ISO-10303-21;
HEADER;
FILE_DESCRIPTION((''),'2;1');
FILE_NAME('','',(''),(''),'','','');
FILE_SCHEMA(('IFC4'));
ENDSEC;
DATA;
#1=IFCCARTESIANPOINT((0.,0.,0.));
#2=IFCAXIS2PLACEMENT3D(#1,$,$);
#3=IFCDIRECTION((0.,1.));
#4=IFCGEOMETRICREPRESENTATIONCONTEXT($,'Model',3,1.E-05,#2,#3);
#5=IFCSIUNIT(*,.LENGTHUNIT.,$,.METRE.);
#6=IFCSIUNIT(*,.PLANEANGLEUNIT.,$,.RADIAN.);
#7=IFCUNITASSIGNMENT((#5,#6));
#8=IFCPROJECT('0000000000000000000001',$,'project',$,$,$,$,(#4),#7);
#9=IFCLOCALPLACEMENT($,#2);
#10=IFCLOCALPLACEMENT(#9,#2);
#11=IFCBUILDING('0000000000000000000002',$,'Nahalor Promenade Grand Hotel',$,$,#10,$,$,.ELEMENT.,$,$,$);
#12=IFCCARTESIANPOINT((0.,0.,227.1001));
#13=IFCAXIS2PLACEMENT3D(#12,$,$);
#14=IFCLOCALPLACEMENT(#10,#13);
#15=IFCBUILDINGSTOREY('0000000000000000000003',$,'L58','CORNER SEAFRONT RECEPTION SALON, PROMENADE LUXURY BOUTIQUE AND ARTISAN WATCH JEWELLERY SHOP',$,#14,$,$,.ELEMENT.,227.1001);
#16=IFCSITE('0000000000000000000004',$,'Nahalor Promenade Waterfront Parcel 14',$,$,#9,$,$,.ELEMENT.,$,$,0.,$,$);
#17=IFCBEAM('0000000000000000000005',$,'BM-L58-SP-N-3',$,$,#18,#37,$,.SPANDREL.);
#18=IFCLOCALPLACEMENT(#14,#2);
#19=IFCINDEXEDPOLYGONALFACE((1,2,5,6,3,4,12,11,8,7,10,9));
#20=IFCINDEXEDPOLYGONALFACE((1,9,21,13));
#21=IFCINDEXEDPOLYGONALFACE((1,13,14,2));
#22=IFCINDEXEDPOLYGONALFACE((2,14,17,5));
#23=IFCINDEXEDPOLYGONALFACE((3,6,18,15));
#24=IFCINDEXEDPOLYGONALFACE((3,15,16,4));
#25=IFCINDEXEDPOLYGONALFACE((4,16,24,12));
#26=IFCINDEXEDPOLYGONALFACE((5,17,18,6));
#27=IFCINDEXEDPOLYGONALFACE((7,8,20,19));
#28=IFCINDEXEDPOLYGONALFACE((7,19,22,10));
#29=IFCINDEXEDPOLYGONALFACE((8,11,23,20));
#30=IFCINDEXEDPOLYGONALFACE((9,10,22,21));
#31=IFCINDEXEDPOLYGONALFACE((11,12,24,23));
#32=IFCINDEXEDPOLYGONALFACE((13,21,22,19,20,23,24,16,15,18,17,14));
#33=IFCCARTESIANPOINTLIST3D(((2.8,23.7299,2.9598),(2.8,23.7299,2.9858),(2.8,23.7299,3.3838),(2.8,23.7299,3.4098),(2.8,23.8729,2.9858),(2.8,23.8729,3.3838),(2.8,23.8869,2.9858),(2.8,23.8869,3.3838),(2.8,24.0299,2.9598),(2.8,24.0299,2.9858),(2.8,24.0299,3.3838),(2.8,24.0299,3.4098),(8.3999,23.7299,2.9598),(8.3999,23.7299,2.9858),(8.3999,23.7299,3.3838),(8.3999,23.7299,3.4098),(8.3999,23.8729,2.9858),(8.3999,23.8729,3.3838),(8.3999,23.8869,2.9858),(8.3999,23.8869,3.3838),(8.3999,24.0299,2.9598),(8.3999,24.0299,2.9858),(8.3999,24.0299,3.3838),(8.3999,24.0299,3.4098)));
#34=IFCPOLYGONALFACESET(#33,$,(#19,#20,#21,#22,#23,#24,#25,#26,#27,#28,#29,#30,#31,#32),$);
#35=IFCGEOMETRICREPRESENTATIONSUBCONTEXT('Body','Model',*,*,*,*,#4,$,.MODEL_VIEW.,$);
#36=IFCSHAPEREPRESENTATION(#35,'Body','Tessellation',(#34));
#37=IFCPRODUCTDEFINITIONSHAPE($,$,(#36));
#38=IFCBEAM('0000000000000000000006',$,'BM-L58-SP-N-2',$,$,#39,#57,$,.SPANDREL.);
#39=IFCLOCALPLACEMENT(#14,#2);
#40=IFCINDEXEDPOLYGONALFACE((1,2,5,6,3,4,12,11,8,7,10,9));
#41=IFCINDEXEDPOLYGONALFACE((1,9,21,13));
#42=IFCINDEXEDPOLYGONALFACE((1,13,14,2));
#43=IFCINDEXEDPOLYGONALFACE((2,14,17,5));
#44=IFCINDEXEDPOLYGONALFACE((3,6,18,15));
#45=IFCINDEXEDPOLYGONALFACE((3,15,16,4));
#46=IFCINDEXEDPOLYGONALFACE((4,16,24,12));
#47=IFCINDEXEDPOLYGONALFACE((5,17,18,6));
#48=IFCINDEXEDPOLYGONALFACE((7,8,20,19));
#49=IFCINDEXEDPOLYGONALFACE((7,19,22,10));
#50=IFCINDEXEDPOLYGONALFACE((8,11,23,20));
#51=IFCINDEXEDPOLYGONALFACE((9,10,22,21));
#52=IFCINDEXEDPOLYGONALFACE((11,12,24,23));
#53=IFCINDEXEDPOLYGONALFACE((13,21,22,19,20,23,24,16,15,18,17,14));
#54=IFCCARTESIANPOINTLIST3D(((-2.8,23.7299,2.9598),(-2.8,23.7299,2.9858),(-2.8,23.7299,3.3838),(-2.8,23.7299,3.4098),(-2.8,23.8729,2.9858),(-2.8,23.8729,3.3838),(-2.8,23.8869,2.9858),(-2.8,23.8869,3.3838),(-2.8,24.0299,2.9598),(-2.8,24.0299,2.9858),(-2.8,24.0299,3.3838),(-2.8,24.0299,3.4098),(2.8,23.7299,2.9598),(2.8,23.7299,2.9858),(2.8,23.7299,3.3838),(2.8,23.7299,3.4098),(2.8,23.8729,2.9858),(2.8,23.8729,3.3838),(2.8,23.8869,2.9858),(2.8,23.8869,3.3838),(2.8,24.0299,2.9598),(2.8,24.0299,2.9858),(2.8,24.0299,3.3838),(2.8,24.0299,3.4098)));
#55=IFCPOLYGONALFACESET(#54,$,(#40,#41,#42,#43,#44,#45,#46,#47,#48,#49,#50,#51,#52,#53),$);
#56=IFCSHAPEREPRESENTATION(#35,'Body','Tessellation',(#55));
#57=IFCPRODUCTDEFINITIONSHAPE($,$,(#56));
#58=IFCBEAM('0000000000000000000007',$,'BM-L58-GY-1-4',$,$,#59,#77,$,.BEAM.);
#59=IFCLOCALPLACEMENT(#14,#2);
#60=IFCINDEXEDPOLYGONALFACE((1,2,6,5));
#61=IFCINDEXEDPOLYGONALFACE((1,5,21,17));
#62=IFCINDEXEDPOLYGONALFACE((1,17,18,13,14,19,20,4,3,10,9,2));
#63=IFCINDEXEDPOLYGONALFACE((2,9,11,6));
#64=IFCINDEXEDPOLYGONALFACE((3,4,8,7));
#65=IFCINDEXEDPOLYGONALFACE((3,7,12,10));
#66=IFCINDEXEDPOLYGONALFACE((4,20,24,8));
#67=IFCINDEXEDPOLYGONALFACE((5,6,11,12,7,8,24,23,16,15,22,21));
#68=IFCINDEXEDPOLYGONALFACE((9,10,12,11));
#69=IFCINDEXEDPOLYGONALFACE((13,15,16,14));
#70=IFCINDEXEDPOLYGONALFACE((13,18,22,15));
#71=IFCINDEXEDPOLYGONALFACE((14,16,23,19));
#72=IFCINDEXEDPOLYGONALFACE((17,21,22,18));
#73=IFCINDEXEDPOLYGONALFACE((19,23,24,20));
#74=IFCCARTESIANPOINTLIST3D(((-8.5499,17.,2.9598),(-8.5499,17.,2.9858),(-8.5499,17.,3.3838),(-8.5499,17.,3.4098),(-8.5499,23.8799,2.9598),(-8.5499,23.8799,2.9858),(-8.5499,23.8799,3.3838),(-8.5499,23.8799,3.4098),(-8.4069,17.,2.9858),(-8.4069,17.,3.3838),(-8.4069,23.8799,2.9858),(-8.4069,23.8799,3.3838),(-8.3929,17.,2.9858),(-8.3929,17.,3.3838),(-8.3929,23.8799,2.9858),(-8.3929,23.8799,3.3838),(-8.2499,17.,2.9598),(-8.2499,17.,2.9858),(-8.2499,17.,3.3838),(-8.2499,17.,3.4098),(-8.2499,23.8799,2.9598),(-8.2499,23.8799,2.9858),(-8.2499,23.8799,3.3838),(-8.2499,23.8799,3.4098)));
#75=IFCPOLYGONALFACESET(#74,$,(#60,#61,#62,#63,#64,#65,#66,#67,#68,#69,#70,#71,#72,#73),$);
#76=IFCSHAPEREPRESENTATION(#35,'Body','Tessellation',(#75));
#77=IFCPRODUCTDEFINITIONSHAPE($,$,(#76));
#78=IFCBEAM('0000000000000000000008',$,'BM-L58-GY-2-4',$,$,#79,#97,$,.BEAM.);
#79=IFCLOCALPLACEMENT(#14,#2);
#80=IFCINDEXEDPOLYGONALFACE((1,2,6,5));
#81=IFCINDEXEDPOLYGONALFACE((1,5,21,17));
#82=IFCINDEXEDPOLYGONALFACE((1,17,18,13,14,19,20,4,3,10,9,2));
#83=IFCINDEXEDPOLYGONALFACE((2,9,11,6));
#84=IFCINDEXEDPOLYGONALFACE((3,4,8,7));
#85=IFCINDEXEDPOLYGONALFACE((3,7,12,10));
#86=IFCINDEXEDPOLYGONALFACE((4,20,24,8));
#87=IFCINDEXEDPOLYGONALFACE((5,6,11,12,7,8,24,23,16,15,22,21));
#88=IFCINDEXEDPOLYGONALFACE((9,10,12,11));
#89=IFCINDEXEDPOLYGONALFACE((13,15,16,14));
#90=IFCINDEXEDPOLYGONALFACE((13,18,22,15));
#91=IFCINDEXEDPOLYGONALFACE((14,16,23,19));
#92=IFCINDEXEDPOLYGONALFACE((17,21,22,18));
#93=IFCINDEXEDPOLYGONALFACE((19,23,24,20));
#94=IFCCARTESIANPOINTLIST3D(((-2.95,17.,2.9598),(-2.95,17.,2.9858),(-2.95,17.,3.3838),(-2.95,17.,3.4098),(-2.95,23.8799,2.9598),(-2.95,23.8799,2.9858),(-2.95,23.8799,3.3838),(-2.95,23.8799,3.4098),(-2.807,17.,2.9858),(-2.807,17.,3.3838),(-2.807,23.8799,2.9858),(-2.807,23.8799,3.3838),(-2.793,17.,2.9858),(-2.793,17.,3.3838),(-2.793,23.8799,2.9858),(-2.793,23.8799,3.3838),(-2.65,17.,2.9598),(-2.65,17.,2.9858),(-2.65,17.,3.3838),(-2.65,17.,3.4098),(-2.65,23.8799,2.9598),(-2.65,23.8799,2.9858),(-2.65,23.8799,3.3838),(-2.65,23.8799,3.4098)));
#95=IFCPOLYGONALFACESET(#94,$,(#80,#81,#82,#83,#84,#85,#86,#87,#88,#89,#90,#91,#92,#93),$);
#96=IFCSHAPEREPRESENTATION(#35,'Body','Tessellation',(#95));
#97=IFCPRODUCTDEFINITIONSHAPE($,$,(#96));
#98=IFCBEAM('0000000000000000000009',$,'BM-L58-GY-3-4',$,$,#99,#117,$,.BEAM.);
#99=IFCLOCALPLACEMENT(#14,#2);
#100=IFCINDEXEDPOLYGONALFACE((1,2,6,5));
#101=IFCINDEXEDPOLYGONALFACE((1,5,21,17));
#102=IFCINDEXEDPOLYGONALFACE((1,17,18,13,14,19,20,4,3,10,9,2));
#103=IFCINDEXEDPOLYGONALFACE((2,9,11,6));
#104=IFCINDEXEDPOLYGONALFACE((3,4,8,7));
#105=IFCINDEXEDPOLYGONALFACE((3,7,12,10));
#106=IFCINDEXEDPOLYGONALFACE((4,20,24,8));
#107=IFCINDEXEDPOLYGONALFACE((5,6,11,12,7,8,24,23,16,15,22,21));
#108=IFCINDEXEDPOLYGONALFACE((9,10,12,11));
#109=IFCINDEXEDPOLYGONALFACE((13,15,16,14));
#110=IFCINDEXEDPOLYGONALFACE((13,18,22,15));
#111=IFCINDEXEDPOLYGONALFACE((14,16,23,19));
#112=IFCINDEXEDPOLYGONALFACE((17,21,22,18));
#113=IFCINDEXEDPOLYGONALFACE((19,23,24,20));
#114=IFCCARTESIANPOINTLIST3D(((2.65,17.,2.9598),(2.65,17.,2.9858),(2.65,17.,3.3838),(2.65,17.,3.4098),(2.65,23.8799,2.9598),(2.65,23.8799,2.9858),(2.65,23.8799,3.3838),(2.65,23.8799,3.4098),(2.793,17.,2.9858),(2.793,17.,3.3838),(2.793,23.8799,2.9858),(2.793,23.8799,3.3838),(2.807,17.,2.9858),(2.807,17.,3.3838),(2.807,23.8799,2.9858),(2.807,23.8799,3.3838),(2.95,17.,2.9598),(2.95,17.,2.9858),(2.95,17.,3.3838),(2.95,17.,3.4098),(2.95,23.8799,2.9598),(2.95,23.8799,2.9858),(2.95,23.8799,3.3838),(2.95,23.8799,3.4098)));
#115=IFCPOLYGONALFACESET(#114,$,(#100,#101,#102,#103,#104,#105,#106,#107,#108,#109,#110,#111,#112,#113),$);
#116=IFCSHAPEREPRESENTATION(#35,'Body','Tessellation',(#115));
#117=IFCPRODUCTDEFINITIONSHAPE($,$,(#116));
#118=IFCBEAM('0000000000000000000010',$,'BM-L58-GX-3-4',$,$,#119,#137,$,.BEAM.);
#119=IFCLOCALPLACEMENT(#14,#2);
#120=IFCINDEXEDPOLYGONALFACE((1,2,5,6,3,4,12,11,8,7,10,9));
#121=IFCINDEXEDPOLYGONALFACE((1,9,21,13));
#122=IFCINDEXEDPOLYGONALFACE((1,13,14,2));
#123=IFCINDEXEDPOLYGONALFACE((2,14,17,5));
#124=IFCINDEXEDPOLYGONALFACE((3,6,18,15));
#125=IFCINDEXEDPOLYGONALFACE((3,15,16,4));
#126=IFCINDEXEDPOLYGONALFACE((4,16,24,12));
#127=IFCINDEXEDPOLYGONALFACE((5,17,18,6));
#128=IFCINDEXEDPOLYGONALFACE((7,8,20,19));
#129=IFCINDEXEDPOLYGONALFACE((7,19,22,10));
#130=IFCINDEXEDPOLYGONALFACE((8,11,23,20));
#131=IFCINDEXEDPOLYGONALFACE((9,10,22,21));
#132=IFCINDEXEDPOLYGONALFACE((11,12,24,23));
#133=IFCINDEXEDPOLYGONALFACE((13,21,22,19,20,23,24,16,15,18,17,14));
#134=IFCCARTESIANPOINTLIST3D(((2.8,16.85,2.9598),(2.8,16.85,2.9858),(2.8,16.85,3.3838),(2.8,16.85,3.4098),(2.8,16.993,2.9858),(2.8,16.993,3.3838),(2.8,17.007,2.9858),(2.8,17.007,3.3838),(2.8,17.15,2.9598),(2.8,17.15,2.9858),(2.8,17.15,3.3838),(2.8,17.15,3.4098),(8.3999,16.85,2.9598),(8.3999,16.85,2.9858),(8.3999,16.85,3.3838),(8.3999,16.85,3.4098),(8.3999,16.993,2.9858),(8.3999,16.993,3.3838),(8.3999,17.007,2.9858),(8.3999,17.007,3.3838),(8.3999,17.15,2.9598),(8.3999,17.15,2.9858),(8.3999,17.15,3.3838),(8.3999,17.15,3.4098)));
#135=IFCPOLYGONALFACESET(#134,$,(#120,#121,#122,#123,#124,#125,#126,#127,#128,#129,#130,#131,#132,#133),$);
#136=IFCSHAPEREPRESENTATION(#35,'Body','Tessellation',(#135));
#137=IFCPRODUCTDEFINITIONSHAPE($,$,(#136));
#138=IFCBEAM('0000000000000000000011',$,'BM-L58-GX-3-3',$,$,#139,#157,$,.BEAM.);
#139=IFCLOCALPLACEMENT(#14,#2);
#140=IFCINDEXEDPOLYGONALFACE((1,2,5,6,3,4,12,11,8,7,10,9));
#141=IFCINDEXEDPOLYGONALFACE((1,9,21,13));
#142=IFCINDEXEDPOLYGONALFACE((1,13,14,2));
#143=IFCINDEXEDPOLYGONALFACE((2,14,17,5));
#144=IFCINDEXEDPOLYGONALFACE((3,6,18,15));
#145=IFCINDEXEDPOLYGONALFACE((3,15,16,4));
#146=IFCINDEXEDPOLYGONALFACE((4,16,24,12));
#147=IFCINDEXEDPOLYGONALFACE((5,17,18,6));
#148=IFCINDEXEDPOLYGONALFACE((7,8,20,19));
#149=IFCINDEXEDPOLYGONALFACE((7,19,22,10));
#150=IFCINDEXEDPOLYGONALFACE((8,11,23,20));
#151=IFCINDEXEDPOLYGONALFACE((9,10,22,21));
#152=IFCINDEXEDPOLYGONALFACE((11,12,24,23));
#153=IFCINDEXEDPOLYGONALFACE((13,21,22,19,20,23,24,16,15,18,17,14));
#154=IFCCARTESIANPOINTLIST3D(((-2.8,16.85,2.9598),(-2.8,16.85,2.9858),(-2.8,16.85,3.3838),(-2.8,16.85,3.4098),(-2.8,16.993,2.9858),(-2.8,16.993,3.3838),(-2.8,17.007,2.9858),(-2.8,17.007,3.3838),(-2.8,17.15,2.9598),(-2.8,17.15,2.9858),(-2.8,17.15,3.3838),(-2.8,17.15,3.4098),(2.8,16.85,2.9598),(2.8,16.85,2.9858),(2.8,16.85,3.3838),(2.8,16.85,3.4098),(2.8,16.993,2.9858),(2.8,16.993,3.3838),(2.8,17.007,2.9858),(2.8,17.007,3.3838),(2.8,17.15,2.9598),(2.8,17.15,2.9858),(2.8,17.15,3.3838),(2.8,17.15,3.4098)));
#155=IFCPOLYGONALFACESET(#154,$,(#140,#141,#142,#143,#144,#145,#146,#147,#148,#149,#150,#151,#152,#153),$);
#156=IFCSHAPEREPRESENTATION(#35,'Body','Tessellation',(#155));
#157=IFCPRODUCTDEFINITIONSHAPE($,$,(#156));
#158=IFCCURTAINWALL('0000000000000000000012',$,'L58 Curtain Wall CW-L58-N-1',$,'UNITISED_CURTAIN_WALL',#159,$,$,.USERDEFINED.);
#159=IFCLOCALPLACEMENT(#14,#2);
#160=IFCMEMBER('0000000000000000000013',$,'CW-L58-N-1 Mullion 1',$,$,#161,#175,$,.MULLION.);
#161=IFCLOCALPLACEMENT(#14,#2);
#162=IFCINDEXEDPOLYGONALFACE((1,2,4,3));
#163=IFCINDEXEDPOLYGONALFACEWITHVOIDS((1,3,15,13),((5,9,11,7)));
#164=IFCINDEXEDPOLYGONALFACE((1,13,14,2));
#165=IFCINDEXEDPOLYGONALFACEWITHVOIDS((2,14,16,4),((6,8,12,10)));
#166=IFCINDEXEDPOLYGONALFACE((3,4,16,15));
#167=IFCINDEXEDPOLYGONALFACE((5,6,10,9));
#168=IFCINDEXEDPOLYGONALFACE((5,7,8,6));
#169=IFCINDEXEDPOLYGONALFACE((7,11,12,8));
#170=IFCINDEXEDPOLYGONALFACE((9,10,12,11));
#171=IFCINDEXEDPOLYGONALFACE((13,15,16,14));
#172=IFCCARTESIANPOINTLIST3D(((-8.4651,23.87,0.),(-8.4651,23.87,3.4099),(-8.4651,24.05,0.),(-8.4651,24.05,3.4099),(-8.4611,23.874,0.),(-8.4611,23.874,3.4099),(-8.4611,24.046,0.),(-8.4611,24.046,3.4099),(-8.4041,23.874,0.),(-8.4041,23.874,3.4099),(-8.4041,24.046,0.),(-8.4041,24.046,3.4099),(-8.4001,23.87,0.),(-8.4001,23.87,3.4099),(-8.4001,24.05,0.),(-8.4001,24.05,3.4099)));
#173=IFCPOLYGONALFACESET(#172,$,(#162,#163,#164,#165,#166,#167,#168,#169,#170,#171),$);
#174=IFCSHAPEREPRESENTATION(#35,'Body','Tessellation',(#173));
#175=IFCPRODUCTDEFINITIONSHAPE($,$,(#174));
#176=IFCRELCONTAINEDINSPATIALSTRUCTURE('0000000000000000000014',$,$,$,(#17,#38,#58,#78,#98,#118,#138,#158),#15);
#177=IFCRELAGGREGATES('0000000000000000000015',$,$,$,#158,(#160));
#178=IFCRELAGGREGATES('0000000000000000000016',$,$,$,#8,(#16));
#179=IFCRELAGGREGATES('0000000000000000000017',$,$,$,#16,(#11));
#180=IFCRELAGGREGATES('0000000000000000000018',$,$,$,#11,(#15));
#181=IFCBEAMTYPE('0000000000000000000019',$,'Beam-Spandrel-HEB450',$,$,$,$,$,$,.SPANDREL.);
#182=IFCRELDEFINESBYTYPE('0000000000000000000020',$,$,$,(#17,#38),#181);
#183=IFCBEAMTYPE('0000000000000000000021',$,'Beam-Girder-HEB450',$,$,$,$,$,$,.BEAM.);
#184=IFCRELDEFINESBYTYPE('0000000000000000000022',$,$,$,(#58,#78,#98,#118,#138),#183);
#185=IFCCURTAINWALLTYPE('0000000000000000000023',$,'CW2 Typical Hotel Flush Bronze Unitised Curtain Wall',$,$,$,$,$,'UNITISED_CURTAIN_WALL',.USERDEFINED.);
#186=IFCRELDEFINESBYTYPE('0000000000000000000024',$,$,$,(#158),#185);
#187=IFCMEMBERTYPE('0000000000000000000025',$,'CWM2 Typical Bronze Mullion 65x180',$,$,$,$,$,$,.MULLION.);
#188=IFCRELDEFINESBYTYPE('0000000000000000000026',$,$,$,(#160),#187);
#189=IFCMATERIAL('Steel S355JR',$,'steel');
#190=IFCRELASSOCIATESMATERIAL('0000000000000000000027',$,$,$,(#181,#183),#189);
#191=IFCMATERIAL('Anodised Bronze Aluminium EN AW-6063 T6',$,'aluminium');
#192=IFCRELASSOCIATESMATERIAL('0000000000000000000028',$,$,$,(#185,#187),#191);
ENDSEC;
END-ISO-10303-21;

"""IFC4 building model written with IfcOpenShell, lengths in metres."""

from ifc_helpers import new_model, si_unit, direction, frame, origin, origin_2d, place, context, subcontext, project, spatial, hollow_rectangle, i_section, extrude, source, transform, mapped, material, material_profile, profile_set, type_object, element, aggregate, save


model = new_model("IFC4")

# Units and contexts
model_context = context("Model", 3, precision=1e-05, world=origin(), true_north=direction((0.0, 1.0)))
body_context = subcontext(model_context, "Body", "Model", "MODEL_VIEW")
ifc_project = project(units=[si_unit("LENGTHUNIT", "METRE"), si_unit("PLANEANGLEUNIT", "RADIAN")], contexts=[model_context])

# Site, building, storey
site_placement = place(None, origin())
site = spatial("IfcSite", under=ifc_project, at=site_placement, Name="Nahalor Promenade Waterfront Parcel 14", CompositionType="ELEMENT", RefElevation=0.0)
building_placement = place(site_placement, origin())
building = spatial("IfcBuilding", under=site, at=building_placement, Name="Nahalor Promenade Grand Hotel", CompositionType="ELEMENT")
storey_placement = place(building_placement, frame((0.0, 0.0, 227.1001)))
storey = spatial("IfcBuildingStorey", under=building, at=storey_placement, Name="L58", Description="CORNER SEAFRONT RECEPTION SALON, PROMENADE LUXURY BOUTIQUE AND ARTISAN WATCH JEWELLERY SHOP", CompositionType="ELEMENT", Elevation=227.1001)

# Shared definitions
ifc_material_1 = material(Name="Steel S355JR", Category="steel")

# Beams
ifc_material_profile_1 = material_profile(ifc_material_1, i_section(OverallWidth=0.3, OverallDepth=0.45, WebThickness=0.014, FlangeThickness=0.026, at=origin_2d()), Name="HEB 450")
ifc_profile_set_1 = profile_set([ifc_material_profile_1], Name="Steel S355JR")
beam_type_1 = type_object("IfcBeamType", Name="Beam-Spandrel-HEB450", PredefinedType="SPANDREL", material=ifc_profile_set_1)
shared_shape_1 = source(origin(), body_context, "Body", "SweptSolid", [
    extrude(i_section(OverallWidth=0.3, OverallDepth=0.45, WebThickness=0.014, FlangeThickness=0.026, at=origin_2d()), origin(), (0.0, 0.0, 1.0), 5.5999),
])
for number, where, z_axis, x_axis, name in (
    (1, (2.8, 23.8799, 3.1848), (1.0, 0.0, 0.0), (0.0, 1.0, 0.0), "BM-L58-SP-N-3"),
):
    element("IfcBeam", number, at=place(storey_placement, frame(where, z_axis=z_axis, x_axis=x_axis)), inside=storey, type_object=beam_type_1, Name=name, PredefinedType="SPANDREL", context=body_context, shape_type="MappedRepresentation", body=[
        mapped(shared_shape_1, transform((0.0, 0.0, 0.0), scale=1.0)),
    ])
shared_shape_2 = source(origin(), body_context, "Body", "SweptSolid", [
    extrude(i_section(OverallWidth=0.3, OverallDepth=0.45, WebThickness=0.014, FlangeThickness=0.026, at=origin_2d()), origin(), (0.0, 0.0, 1.0), 5.6001),
])
beam_1_placement = place(storey_placement, frame((-2.8, 23.8799, 3.1848), z_axis=(1.0, 0.0, 0.0), x_axis=(0.0, 1.0, 0.0)))
element("IfcBeam", 2, at=beam_1_placement, inside=storey, type_object=beam_type_1, Name="BM-L58-SP-N-2", PredefinedType="SPANDREL", context=body_context, shape_type="MappedRepresentation", body=[
    mapped(shared_shape_2, transform((0.0, 0.0, 0.0), scale=1.0)),
])
ifc_material_profile_2 = material_profile(ifc_material_1, i_section(OverallWidth=0.3, OverallDepth=0.45, WebThickness=0.014, FlangeThickness=0.026, at=origin_2d()), Name="HEB 450")
ifc_profile_set_2 = profile_set([ifc_material_profile_2], Name="Steel S355JR")
beam_type_2 = type_object("IfcBeamType", Name="Beam-Girder-HEB450", PredefinedType="BEAM", material=ifc_profile_set_2)
shared_shape_3 = source(origin(), body_context, "Body", "SweptSolid", [
    extrude(i_section(OverallWidth=0.3, OverallDepth=0.45, WebThickness=0.014, FlangeThickness=0.026, at=origin_2d()), origin(), (0.0, 0.0, 1.0), 6.8799),
])
for number, where, z_axis, x_axis, name in (
    (3, (-8.3999, 17.0, 3.1848), (0.0, 1.0, 0.0), (-1.0, 0.0, 0.0), "BM-L58-GY-1-4"),
    (4, (-2.8, 17.0, 3.1848), (0.0, 1.0, 0.0), (-1.0, 0.0, 0.0), "BM-L58-GY-2-4"),
    (5, (2.8, 17.0, 3.1848), (0.0, 1.0, 0.0), (-1.0, 0.0, 0.0), "BM-L58-GY-3-4"),
):
    element("IfcBeam", number, at=place(storey_placement, frame(where, z_axis=z_axis, x_axis=x_axis)), inside=storey, type_object=beam_type_2, Name=name, PredefinedType="BEAM", context=body_context, shape_type="MappedRepresentation", body=[
        mapped(shared_shape_3, transform((0.0, 0.0, 0.0), scale=1.0)),
    ])
shared_shape_4 = source(origin(), body_context, "Body", "SweptSolid", [
    extrude(i_section(OverallWidth=0.3, OverallDepth=0.45, WebThickness=0.014, FlangeThickness=0.026, at=origin_2d()), origin(), (0.0, 0.0, 1.0), 5.5999),
])
beam_2_placement = place(storey_placement, frame((2.8, 17.0, 3.1848), z_axis=(1.0, 0.0, 0.0), x_axis=(0.0, 1.0, 0.0)))
element("IfcBeam", 6, at=beam_2_placement, inside=storey, type_object=beam_type_2, Name="BM-L58-GX-3-4", PredefinedType="BEAM", context=body_context, shape_type="MappedRepresentation", body=[
    mapped(shared_shape_4, transform((0.0, 0.0, 0.0), scale=1.0)),
])
shared_shape_5 = source(origin(), body_context, "Body", "SweptSolid", [
    extrude(i_section(OverallWidth=0.3, OverallDepth=0.45, WebThickness=0.014, FlangeThickness=0.026, at=origin_2d()), origin(), (0.0, 0.0, 1.0), 5.6001),
])
beam_3_placement = place(storey_placement, frame((-2.8, 17.0, 3.1848), z_axis=(1.0, 0.0, 0.0), x_axis=(0.0, 1.0, 0.0)))
element("IfcBeam", 7, at=beam_3_placement, inside=storey, type_object=beam_type_2, Name="BM-L58-GX-3-3", PredefinedType="BEAM", context=body_context, shape_type="MappedRepresentation", body=[
    mapped(shared_shape_5, transform((0.0, 0.0, 0.0), scale=1.0)),
])

# Curtain wall, member
ifc_material_2 = material(Name="Anodised Bronze Aluminium EN AW-6063 T6", Category="aluminium")
curtain_wall_type = type_object("IfcCurtainWallType", Name="CW2 Typical Hotel Flush Bronze Unitised Curtain Wall", ElementType="UNITISED_CURTAIN_WALL", PredefinedType="USERDEFINED", material=ifc_material_2)
curtain_wall_placement = place(storey_placement, origin())
curtain_wall = element("IfcCurtainWall", 8, at=curtain_wall_placement, inside=storey, type_object=curtain_wall_type, Name="L58 Curtain Wall CW-L58-N-1", ObjectType="UNITISED_CURTAIN_WALL", PredefinedType="USERDEFINED")
ifc_material_profile_3 = material_profile(ifc_material_2, hollow_rectangle(XDim=0.065, YDim=0.18, WallThickness=0.004, at=origin_2d()), Name="CWM 65x180x4")
ifc_profile_set_3 = profile_set([ifc_material_profile_3], Name="Anodised Bronze Aluminium EN AW-6063 T6")
member_type = type_object("IfcMemberType", Name="CWM2 Typical Bronze Mullion 65x180", PredefinedType="MULLION", material=ifc_profile_set_3)
shared_shape_6 = source(origin(), body_context, "Body", "SweptSolid", [
    extrude(hollow_rectangle(XDim=0.065, YDim=0.18, WallThickness=0.004, at=origin_2d()), origin(), (0.0, 0.0, 1.0), 3.4099),
])
member_placement = place(storey_placement, frame((-8.4326, 23.96, 0.0), z_axis=(0.0, 0.0, 1.0), x_axis=(1.0, 0.0, 0.0)))
member = element("IfcMember", 9, at=member_placement, type_object=member_type, Name="CW-L58-N-1 Mullion 1", PredefinedType="MULLION", context=body_context, shape_type="MappedRepresentation", body=[
    mapped(shared_shape_6, transform((0.0, 0.0, 0.0), scale=1.0)),
])
aggregate(curtain_wall, [member])

save(model, "model.ifc")
